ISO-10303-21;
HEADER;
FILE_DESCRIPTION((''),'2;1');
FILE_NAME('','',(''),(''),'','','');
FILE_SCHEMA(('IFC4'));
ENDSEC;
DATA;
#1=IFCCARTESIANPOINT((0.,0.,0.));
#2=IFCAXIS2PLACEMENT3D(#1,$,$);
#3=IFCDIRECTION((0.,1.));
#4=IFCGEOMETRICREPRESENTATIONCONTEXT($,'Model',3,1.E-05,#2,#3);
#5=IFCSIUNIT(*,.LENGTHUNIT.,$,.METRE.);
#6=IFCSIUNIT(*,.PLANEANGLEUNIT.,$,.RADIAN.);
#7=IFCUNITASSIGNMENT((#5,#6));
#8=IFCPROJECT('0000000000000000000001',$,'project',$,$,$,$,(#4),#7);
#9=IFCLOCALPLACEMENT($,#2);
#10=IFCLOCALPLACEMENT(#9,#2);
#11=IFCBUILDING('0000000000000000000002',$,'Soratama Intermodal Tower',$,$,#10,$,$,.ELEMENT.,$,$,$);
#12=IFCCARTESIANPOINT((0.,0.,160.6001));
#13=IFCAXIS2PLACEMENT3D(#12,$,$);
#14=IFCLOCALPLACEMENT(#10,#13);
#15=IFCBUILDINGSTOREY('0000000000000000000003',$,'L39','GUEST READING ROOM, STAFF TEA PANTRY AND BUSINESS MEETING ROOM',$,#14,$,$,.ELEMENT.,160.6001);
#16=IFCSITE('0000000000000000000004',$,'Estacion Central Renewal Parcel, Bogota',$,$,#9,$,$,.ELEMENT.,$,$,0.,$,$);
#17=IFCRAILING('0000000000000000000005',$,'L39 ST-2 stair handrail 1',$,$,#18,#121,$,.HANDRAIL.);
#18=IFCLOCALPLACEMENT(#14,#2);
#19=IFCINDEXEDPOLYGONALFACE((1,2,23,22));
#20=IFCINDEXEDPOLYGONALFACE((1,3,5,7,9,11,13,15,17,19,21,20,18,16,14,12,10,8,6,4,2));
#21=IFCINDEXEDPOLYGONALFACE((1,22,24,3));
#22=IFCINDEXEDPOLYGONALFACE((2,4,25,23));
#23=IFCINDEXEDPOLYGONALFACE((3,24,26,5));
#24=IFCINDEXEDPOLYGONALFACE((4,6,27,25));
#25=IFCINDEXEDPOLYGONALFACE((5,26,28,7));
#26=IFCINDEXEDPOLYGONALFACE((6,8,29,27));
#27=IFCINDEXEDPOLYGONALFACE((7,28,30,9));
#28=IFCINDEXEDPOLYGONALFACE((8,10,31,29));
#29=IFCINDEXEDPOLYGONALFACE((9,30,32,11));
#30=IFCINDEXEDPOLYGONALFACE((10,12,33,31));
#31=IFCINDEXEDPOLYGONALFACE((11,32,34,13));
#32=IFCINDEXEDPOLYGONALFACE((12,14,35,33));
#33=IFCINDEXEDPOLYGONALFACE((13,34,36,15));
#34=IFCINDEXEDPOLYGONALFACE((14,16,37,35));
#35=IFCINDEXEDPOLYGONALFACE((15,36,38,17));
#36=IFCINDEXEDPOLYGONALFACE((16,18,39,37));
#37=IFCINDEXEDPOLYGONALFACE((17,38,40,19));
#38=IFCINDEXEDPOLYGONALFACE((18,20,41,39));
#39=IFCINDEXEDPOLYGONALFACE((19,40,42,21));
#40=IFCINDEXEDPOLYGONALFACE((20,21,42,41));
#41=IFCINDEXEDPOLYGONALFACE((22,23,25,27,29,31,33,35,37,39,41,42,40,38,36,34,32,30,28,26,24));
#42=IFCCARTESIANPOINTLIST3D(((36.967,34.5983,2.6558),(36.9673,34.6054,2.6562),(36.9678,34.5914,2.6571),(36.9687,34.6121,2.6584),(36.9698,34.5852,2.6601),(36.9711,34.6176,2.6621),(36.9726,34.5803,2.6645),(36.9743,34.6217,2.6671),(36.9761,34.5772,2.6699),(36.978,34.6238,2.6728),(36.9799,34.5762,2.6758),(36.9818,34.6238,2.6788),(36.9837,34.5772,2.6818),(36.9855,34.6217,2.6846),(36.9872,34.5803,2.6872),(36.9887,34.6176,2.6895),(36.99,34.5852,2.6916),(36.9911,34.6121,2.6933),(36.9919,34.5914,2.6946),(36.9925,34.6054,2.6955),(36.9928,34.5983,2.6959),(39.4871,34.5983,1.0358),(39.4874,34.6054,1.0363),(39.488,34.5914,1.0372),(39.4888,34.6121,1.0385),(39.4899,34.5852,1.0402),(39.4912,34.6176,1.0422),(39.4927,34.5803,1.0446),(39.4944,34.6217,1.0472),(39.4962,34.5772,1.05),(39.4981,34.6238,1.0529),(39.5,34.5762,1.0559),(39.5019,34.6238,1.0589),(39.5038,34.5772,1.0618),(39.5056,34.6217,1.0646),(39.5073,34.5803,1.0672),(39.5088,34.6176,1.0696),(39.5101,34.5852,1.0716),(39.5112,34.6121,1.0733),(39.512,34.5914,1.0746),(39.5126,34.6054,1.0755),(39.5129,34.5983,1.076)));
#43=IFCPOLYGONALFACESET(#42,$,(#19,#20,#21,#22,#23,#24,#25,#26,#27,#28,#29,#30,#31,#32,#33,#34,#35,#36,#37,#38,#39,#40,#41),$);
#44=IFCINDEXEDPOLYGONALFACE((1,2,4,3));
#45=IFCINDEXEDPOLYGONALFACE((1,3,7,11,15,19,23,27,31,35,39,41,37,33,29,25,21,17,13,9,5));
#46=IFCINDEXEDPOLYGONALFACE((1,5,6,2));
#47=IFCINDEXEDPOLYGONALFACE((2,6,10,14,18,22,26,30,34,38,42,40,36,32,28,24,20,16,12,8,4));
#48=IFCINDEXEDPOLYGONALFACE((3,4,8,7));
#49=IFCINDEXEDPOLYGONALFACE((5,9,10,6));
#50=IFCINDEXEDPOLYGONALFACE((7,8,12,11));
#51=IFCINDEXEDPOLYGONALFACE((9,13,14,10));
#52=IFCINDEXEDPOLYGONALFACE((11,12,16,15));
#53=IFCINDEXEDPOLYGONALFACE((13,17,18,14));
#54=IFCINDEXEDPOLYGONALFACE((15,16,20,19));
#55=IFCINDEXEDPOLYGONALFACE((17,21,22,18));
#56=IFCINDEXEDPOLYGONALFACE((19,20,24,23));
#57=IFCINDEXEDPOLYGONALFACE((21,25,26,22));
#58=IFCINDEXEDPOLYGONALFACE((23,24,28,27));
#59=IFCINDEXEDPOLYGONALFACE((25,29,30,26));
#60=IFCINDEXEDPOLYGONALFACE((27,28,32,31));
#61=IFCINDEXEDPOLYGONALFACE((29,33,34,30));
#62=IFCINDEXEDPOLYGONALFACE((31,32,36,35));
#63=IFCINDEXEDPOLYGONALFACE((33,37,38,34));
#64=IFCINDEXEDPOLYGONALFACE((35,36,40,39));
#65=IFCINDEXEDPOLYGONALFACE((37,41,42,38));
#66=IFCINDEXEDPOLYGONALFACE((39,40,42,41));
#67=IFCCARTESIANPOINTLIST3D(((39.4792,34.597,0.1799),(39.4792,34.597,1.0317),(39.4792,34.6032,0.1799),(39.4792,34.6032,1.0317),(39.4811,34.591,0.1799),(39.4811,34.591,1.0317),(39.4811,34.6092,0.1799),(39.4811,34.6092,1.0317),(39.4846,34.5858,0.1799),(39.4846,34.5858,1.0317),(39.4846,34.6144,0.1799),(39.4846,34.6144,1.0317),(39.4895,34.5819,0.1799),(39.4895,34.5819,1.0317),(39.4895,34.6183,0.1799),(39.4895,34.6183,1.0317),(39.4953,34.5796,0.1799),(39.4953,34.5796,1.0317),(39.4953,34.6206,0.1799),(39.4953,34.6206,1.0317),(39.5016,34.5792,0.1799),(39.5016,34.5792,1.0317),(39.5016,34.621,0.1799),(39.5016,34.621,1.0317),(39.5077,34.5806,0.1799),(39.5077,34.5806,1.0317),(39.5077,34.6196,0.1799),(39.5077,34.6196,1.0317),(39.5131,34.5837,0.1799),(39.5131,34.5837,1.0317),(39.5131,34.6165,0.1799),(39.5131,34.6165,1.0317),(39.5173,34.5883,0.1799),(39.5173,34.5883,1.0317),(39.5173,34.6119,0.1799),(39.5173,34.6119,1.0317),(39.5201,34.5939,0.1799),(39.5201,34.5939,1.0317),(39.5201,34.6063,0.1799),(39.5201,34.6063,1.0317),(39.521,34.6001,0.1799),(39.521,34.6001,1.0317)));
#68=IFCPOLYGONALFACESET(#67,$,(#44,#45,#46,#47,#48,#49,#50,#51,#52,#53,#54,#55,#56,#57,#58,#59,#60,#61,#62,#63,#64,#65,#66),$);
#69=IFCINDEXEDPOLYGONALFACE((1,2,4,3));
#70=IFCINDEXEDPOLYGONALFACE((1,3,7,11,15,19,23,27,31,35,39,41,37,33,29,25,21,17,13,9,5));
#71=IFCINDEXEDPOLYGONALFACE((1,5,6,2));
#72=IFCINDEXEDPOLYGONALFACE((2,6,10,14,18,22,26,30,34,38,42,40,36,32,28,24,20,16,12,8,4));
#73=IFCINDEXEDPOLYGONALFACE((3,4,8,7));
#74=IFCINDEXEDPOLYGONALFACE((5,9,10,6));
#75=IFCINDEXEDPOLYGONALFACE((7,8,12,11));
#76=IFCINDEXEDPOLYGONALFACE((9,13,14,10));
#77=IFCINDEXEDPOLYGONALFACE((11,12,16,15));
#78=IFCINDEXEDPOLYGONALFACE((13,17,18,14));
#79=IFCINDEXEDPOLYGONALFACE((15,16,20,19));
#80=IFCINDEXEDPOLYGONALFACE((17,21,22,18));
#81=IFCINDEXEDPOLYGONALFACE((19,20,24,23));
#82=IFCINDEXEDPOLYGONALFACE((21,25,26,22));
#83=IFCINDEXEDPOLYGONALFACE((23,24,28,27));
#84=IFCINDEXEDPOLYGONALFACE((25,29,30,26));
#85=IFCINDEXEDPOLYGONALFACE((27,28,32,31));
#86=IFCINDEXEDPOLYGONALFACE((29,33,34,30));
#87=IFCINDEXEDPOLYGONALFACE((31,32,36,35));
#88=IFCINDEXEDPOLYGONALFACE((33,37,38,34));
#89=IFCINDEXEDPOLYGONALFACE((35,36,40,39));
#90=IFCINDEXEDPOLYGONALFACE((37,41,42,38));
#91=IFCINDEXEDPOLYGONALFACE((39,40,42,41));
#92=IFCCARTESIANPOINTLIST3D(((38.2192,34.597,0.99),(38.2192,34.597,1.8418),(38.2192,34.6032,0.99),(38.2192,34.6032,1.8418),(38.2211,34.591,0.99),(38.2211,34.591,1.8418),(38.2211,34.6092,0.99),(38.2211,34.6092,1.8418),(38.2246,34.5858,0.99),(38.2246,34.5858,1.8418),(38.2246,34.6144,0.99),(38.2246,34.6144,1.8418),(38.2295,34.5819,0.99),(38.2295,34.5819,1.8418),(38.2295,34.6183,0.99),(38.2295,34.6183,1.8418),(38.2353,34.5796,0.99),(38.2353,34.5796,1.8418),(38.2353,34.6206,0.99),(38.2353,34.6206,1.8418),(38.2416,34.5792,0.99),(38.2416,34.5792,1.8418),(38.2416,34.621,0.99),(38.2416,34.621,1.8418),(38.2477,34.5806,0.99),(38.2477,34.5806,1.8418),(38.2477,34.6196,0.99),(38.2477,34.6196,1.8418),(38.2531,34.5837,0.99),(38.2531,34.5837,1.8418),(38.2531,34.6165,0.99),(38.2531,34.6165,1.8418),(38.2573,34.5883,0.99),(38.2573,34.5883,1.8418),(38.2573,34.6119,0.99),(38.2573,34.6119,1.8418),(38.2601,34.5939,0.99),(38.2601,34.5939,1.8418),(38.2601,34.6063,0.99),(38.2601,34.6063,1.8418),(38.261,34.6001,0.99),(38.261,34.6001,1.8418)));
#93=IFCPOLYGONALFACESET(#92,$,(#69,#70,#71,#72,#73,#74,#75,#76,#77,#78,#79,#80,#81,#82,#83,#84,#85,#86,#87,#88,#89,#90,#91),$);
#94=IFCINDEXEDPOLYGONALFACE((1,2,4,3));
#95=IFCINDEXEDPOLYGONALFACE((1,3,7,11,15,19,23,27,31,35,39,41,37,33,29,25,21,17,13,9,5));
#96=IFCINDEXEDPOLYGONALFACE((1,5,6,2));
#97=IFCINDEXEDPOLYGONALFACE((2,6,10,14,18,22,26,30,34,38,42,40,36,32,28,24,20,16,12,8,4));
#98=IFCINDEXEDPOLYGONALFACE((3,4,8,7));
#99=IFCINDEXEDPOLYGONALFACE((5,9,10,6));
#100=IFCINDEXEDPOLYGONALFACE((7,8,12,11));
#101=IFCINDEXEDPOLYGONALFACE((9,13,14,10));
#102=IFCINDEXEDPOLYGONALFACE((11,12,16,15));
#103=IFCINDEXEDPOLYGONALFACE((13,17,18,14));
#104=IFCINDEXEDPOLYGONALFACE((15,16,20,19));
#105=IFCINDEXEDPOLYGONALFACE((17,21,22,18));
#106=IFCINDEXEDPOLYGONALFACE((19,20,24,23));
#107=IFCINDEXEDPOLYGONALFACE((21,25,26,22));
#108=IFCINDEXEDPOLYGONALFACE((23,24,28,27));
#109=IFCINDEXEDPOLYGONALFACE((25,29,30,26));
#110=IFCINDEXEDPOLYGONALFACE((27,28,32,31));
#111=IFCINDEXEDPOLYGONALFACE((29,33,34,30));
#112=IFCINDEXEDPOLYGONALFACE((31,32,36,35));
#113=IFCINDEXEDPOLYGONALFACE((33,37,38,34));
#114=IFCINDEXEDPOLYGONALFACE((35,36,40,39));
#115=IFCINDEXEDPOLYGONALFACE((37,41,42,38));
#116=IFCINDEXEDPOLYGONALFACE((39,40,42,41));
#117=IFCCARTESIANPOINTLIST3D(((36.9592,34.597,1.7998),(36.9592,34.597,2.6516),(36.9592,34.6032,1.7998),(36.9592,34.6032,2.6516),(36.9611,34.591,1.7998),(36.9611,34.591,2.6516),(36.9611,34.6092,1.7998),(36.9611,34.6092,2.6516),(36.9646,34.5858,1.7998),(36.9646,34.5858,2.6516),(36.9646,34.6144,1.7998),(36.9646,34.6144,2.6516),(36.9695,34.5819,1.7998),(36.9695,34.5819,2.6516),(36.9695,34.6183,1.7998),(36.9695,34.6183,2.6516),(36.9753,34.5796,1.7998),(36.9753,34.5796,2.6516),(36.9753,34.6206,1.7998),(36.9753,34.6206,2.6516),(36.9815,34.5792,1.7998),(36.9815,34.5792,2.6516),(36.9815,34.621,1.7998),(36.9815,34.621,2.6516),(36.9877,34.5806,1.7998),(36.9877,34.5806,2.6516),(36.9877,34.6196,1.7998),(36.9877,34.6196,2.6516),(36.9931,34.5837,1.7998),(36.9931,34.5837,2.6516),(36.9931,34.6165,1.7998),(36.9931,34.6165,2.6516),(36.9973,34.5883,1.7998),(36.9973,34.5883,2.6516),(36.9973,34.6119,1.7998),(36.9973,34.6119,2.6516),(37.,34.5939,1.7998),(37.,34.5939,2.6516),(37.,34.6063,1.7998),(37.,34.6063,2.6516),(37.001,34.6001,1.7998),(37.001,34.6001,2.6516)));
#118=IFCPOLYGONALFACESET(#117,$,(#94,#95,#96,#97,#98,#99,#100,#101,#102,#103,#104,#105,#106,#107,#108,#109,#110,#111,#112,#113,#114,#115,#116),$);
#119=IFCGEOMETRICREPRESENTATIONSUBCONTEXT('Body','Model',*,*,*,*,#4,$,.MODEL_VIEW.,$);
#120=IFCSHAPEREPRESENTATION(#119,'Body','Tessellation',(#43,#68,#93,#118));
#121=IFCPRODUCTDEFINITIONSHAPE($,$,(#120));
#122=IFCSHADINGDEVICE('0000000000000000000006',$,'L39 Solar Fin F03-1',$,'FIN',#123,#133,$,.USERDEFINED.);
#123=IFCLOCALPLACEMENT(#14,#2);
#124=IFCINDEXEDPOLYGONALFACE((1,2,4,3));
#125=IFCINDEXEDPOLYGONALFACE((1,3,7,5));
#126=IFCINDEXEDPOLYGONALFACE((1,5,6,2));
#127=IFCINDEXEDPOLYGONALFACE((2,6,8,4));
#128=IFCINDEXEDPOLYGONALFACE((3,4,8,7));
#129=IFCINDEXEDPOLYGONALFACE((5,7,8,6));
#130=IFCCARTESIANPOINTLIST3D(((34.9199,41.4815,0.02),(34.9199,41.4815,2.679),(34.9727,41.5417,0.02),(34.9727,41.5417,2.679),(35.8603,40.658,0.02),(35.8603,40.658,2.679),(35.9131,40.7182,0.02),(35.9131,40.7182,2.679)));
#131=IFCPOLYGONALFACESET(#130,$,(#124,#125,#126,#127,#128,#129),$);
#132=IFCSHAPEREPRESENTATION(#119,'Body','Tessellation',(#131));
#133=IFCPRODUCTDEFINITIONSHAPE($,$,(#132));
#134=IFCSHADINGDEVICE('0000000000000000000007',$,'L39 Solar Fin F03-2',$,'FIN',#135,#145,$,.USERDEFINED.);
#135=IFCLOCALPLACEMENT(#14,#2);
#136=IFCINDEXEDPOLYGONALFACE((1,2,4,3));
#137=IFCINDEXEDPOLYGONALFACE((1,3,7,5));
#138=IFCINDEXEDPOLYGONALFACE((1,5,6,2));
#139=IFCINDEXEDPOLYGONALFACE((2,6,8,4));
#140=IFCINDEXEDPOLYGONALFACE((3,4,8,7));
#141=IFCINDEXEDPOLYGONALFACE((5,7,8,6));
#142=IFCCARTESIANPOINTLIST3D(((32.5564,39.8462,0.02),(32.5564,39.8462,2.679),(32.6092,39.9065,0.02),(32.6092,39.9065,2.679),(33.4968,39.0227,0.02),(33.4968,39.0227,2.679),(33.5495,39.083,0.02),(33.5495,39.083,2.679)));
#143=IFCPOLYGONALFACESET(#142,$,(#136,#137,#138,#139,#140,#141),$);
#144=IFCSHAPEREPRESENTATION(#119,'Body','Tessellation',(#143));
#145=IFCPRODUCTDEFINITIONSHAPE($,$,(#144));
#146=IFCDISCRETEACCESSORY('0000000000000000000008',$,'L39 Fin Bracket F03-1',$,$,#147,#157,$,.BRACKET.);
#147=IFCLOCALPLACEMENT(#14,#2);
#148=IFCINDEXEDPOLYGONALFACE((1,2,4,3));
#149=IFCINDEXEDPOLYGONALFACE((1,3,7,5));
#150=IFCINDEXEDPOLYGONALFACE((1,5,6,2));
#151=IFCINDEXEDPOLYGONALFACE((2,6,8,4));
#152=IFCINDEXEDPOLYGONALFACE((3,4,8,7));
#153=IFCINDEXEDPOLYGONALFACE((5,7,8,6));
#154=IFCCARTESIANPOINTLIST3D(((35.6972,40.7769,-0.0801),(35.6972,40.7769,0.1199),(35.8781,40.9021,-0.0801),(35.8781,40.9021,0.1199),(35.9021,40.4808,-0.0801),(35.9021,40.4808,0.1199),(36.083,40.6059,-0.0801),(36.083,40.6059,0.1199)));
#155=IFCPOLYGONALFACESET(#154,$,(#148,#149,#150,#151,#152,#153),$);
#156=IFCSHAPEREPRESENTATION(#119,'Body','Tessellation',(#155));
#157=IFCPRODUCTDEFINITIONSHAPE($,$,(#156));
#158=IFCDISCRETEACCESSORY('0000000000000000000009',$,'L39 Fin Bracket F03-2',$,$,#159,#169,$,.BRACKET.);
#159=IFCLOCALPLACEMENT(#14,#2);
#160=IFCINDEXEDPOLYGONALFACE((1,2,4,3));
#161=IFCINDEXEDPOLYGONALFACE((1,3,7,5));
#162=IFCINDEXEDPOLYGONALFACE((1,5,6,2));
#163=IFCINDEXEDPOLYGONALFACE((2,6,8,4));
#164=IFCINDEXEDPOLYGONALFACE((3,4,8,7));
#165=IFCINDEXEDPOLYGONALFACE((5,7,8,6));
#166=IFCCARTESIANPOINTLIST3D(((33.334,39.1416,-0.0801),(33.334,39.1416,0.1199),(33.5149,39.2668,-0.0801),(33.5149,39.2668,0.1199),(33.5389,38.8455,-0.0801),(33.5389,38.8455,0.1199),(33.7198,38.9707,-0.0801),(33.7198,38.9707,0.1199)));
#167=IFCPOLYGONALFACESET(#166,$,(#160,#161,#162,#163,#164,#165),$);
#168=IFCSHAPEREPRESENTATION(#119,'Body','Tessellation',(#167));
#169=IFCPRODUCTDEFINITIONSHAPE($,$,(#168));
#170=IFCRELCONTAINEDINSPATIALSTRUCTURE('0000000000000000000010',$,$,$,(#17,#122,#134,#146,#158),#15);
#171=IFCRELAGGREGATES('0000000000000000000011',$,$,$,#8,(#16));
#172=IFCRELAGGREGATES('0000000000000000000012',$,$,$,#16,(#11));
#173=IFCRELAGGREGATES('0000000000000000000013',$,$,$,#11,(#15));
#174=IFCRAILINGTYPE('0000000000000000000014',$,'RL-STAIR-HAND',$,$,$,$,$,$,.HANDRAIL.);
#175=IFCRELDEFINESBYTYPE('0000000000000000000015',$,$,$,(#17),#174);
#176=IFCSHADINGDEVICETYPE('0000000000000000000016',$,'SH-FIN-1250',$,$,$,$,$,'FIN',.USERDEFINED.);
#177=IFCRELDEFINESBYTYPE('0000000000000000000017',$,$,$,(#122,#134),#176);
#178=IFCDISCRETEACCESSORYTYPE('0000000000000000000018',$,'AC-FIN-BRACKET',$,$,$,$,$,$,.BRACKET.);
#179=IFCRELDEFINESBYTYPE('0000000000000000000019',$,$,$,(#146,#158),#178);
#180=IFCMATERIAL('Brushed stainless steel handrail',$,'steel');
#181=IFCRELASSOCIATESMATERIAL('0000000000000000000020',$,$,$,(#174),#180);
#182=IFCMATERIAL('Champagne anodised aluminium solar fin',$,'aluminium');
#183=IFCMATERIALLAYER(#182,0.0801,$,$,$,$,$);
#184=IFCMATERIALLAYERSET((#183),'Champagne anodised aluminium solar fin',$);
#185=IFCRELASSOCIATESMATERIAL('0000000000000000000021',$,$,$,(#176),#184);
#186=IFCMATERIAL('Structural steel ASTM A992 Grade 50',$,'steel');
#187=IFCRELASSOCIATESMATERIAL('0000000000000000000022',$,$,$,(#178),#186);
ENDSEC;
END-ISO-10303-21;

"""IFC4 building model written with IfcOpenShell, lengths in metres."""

from ifc_helpers import new_model, si_unit, direction, frame, origin, origin_2d, place, context, subcontext, project, spatial, rectangle, circle, extrude, material, layer, layer_set, type_object, element, save


model = new_model("IFC4")

# Units and contexts
model_context = context("Model", 3, precision=1e-05, world=origin(), true_north=direction((0.0, 1.0)))
body_context = subcontext(model_context, "Body", "Model", "MODEL_VIEW")
ifc_project = project(units=[si_unit("LENGTHUNIT", "METRE"), si_unit("PLANEANGLEUNIT", "RADIAN")], contexts=[model_context])

# Site, building, storey
site_placement = place(None, origin())
site = spatial("IfcSite", under=ifc_project, at=site_placement, Name="Estacion Central Renewal Parcel, Bogota", CompositionType="ELEMENT", RefElevation=0.0)
building_placement = place(site_placement, origin())
building = spatial("IfcBuilding", under=site, at=building_placement, Name="Soratama Intermodal Tower", CompositionType="ELEMENT")
storey_placement = place(building_placement, frame((0.0, 0.0, 160.6001)))
storey = spatial("IfcBuildingStorey", under=building, at=storey_placement, Name="L39", Description="GUEST READING ROOM, STAFF TEA PANTRY AND BUSINESS MEETING ROOM", CompositionType="ELEMENT", Elevation=160.6001)

# Railing
ifc_material_1 = material(Name="Brushed stainless steel handrail", Category="steel")
railing_type_1 = type_object("IfcRailingType", Name="RL-STAIR-HAND", PredefinedType="HANDRAIL", material=ifc_material_1)
railing_1_placement = place(storey_placement, frame((39.5, 34.6001, 0.1799)))
element("IfcRailing", 1, at=railing_1_placement, inside=storey, type_object=railing_type_1, Name="L39 ST-2 stair handrail 1", PredefinedType="HANDRAIL", context=body_context, shape_type="SweptSolid", body=[
    extrude(circle(Radius=0.0239, at=origin_2d()), frame((0.0, 0.0, 0.876), z_axis=(-0.8412, 0.0, 0.540725), x_axis=(0.0, -1.0, 0.0)), (0.0, 0.0, 1.0), 2.9958),
    extrude(circle(Radius=0.021, at=origin_2d()), origin(), (0.0, 0.0, 1.0), 0.8518),
    extrude(circle(Radius=0.021, at=origin_2d()), frame((-1.26, 0.0, 0.8101)), (0.0, 0.0, 1.0), 0.8518),
    extrude(circle(Radius=0.021, at=origin_2d()), frame((-2.52, 0.0, 1.6199)), (0.0, 0.0, 1.0), 0.8518),
])

# Shading devices
ifc_material_2 = material(Name="Champagne anodised aluminium solar fin", Category="aluminium")
ifc_layer_1 = layer(ifc_material_2, 0.0801)
ifc_layer_set_1 = layer_set([ifc_layer_1], Name="Champagne anodised aluminium solar fin")
shading_device_type = type_object("IfcShadingDeviceType", Name="SH-FIN-1250", ElementType="FIN", PredefinedType="USERDEFINED", material=ifc_layer_set_1)
for number, where, z_axis, x_axis, name in (
    (2, (35.4165, 41.0999, 0.02), (0.0, 0.0, 1.0), (-0.7523, 0.658821, 0.0), "L39 Solar Fin F03-1"),
    (3, (33.053, 39.4646, 0.02), (0.0, 0.0, 1.0), (-0.7523, 0.658821, 0.0), "L39 Solar Fin F03-2"),
):
    element("IfcShadingDevice", number, at=place(storey_placement, frame(where, z_axis=z_axis, x_axis=x_axis)), inside=storey, type_object=shading_device_type, Name=name, ObjectType="FIN", PredefinedType="USERDEFINED", context=body_context, shape_type="SweptSolid", body=[
        extrude(rectangle(XDim=1.25, YDim=0.0801, at=origin_2d()), origin(), (0.0, 0.0, 1.0), 2.6589),
    ])

# Discrete accessories
ifc_material_3 = material(Name="Structural steel ASTM A992 Grade 50", Category="steel")
discrete_accessory_type = type_object("IfcDiscreteAccessoryType", Name="AC-FIN-BRACKET", PredefinedType="BRACKET", material=ifc_material_3)
for number, where, z_axis, x_axis, name in (
    (4, (35.8901, 40.6914, -0.0801), (0.0, 0.0, 1.0), (-0.568993, 0.822343, 0.0), "L39 Fin Bracket F03-1"),
    (5, (33.5269, 39.0562, -0.0801), (0.0, 0.0, 1.0), (-0.568993, 0.822343, 0.0), "L39 Fin Bracket F03-2"),
):
    element("IfcDiscreteAccessory", number, at=place(storey_placement, frame(where, z_axis=z_axis, x_axis=x_axis)), inside=storey, type_object=discrete_accessory_type, Name=name, PredefinedType="BRACKET", context=body_context, shape_type="SweptSolid", body=[
        extrude(rectangle(XDim=0.3601, YDim=0.22, at=origin_2d()), origin(), (0.0, 0.0, 1.0), 0.2),
    ])

save(model, "model.ifc")
